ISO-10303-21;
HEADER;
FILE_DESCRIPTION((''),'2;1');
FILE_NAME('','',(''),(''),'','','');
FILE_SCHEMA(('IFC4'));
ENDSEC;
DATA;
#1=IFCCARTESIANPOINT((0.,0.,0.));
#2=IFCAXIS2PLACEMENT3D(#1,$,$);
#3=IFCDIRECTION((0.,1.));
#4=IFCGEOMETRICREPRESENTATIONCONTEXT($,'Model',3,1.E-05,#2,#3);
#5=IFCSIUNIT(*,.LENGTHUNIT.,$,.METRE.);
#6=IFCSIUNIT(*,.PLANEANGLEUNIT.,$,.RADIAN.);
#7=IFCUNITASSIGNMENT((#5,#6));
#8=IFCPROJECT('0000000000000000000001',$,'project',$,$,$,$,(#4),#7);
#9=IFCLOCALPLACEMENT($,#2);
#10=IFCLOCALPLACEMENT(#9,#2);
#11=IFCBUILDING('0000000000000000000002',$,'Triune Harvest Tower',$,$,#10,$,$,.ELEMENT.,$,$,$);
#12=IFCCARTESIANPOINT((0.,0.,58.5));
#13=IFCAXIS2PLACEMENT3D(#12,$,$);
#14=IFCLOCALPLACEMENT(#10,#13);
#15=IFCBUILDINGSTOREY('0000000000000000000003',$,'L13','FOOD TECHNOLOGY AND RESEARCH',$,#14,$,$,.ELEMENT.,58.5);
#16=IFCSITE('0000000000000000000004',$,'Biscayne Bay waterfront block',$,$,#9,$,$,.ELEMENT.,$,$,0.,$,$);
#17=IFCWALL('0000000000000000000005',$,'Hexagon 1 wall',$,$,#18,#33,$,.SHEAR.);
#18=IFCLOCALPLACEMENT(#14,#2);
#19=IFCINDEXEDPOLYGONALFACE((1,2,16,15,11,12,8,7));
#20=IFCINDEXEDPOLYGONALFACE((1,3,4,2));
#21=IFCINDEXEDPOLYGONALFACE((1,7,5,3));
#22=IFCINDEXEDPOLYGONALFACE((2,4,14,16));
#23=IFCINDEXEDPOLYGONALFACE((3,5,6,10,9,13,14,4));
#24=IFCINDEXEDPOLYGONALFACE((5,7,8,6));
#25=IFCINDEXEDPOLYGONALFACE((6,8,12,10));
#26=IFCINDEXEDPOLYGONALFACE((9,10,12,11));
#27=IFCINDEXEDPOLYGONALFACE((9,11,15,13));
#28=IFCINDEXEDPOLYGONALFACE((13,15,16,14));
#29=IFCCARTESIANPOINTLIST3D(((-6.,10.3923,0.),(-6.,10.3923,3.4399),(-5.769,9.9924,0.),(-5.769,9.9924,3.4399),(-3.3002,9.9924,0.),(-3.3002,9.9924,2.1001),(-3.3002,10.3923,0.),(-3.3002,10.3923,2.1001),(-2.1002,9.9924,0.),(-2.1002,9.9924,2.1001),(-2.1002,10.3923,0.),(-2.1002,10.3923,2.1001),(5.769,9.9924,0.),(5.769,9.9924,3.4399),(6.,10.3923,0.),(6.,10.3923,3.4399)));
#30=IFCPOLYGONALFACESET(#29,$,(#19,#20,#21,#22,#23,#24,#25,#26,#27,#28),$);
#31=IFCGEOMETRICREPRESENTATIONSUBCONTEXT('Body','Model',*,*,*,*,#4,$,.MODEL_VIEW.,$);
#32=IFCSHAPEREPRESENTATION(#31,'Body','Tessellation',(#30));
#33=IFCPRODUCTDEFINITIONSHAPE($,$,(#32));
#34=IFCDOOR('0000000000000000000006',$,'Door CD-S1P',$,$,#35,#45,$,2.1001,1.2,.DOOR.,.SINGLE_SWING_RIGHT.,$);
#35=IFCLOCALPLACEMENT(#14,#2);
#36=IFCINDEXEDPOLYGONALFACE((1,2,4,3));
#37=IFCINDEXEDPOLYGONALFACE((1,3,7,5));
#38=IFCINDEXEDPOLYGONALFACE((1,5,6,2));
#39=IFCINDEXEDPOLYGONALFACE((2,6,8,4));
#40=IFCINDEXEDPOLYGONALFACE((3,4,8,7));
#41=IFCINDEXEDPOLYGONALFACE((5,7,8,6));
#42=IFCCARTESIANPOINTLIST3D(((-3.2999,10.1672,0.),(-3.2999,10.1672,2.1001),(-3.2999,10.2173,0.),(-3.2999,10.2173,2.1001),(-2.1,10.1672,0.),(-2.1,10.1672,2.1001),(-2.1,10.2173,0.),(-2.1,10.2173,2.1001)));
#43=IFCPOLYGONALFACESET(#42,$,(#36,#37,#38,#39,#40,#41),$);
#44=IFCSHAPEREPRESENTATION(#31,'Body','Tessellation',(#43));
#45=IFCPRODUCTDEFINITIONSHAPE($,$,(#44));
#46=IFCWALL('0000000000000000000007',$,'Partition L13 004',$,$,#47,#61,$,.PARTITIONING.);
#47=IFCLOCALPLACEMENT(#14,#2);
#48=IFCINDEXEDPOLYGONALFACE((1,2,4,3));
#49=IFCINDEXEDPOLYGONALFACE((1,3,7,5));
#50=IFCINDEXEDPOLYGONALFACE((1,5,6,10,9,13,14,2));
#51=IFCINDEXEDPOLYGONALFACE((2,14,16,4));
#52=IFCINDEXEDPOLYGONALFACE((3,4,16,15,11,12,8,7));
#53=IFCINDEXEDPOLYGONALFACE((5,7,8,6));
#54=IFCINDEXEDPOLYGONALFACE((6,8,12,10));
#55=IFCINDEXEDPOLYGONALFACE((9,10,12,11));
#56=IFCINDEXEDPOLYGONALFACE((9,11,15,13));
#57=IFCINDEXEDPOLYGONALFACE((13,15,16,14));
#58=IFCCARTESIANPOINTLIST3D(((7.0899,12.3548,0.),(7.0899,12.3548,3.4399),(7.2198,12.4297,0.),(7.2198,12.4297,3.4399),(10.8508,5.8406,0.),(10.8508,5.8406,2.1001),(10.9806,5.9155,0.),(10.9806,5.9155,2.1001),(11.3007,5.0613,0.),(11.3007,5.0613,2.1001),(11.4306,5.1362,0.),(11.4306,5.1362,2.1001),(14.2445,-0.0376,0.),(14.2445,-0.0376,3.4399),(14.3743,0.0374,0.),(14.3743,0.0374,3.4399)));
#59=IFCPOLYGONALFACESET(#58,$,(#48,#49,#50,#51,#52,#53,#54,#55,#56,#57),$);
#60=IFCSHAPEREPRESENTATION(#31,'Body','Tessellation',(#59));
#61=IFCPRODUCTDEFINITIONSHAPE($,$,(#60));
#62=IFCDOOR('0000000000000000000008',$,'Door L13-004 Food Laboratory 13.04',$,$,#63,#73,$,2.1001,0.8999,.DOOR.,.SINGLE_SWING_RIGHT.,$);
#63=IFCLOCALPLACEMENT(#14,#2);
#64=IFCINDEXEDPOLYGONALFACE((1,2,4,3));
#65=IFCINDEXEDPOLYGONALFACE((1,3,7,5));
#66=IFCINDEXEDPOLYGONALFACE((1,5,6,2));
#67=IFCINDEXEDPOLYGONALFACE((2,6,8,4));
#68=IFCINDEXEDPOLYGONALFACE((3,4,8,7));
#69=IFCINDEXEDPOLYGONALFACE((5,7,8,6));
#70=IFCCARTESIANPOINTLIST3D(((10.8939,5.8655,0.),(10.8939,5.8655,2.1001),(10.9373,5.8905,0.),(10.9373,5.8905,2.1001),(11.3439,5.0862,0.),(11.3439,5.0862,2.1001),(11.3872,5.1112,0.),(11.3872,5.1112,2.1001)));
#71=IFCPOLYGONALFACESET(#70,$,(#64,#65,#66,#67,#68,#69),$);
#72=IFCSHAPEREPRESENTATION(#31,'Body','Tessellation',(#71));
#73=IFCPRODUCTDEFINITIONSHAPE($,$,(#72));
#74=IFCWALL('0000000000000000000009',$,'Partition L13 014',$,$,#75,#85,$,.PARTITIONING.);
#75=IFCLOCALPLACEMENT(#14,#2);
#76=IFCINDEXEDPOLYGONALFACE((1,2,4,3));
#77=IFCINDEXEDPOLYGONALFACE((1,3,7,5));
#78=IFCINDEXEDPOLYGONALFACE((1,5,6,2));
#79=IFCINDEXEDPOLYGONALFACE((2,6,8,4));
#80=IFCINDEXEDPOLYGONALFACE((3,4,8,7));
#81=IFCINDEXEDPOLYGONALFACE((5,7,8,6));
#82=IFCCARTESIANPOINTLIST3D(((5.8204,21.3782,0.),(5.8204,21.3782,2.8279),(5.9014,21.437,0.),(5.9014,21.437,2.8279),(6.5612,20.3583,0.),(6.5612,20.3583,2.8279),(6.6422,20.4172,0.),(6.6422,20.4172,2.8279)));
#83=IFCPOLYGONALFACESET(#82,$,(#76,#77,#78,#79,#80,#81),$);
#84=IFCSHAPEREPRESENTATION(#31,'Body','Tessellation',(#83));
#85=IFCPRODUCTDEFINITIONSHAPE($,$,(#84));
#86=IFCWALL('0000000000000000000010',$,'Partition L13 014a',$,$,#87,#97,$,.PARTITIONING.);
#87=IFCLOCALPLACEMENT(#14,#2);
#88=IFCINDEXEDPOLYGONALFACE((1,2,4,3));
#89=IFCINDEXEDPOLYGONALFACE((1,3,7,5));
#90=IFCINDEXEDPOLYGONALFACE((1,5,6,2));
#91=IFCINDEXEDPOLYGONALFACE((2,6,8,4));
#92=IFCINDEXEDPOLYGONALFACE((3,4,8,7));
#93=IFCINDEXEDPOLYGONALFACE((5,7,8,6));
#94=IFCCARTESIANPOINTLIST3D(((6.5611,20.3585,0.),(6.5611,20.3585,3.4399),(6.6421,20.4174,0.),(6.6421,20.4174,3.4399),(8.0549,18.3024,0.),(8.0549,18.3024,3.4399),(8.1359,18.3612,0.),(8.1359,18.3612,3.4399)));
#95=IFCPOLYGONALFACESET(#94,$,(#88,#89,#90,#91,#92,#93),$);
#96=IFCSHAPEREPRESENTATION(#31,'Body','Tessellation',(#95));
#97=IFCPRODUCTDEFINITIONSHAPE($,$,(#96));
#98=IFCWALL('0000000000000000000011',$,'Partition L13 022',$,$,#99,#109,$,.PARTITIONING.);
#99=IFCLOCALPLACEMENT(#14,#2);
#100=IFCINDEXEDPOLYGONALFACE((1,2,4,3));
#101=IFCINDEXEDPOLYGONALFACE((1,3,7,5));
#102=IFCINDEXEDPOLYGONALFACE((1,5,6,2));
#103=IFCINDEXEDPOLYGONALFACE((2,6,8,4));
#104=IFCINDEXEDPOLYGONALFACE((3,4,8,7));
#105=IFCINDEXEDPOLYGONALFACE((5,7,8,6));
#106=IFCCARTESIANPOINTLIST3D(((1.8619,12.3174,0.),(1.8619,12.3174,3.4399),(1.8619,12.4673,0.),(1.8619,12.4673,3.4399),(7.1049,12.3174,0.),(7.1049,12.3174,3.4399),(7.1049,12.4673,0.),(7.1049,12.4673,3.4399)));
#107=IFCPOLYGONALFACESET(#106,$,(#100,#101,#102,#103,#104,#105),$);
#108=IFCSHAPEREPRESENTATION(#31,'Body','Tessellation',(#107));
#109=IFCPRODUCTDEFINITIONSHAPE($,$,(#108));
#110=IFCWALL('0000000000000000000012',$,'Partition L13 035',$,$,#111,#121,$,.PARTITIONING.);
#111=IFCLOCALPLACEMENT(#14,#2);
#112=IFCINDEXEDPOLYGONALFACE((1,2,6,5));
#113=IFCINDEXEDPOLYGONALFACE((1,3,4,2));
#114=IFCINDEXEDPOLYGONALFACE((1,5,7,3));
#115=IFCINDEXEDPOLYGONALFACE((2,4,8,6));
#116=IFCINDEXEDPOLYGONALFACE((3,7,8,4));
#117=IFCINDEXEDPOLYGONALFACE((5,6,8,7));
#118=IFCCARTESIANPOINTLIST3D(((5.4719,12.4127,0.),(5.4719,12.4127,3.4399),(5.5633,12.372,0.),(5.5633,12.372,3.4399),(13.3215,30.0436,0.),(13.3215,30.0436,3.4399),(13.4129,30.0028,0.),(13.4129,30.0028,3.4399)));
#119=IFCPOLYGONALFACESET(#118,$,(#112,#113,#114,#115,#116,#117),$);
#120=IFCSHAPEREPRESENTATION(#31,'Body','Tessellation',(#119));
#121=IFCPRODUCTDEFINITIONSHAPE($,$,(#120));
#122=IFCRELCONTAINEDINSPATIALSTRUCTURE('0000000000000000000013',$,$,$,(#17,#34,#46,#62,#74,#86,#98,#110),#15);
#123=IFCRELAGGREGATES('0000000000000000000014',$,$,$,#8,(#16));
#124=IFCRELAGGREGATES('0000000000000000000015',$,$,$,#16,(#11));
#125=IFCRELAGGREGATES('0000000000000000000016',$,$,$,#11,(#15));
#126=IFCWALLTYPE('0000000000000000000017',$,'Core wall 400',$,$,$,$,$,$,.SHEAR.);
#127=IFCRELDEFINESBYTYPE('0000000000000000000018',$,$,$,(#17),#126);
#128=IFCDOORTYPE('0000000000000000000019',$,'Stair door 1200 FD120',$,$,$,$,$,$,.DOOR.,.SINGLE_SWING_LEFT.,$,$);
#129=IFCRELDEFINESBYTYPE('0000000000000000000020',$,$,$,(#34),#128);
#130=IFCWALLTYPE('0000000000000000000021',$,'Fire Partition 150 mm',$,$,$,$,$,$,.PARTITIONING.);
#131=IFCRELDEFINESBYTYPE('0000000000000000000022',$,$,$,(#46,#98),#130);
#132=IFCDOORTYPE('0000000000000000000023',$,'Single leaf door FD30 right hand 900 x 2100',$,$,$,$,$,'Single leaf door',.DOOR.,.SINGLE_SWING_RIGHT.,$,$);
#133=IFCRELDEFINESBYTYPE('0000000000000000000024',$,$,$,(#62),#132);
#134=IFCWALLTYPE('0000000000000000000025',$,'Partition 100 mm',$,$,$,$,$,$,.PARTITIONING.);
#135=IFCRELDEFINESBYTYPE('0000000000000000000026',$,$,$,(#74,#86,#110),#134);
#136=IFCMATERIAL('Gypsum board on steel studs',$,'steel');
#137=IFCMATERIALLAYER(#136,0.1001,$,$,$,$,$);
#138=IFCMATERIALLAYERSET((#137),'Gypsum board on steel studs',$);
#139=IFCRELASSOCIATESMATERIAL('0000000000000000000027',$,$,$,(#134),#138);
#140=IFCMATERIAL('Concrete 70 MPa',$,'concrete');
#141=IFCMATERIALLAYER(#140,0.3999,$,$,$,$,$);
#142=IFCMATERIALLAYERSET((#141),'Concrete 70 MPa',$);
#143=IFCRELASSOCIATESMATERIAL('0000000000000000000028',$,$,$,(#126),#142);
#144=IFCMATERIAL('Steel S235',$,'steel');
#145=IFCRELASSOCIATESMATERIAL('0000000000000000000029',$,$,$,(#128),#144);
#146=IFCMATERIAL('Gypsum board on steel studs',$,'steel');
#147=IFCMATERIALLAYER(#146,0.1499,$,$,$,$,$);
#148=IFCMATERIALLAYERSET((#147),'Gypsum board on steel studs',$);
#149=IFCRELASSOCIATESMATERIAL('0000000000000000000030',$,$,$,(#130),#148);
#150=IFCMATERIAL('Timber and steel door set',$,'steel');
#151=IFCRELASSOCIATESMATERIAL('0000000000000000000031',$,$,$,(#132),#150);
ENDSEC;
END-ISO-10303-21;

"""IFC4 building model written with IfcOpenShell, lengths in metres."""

from ifc_helpers import new_model, si_unit, direction, frame, frame_2d, origin, place, context, subcontext, project, spatial, polyline, rectangle, outline, extrude, source, transform, mapped, material, layer, layer_set, type_object, element, fill, save


model = new_model("IFC4")

# Units and contexts
model_context = context("Model", 3, precision=1e-05, world=origin(), true_north=direction((0.0, 1.0)))
body_context = subcontext(model_context, "Body", "Model", "MODEL_VIEW")
ifc_project = project(units=[si_unit("LENGTHUNIT", "METRE"), si_unit("PLANEANGLEUNIT", "RADIAN")], contexts=[model_context])

# Site, building, storey
site_placement = place(None, origin())
site = spatial("IfcSite", under=ifc_project, at=site_placement, Name="Biscayne Bay waterfront block", CompositionType="ELEMENT", RefElevation=0.0)
building_placement = place(site_placement, origin())
building = spatial("IfcBuilding", under=site, at=building_placement, Name="Triune Harvest Tower", CompositionType="ELEMENT")
storey_placement = place(building_placement, frame((0.0, 0.0, 58.5)))
storey = spatial("IfcBuildingStorey", under=building, at=storey_placement, Name="L13", Description="FOOD TECHNOLOGY AND RESEARCH", CompositionType="ELEMENT", Elevation=58.5)

# Shared definitions
ifc_material_1 = material(Name="Gypsum board on steel studs", Category="steel")
ifc_layer_1 = layer(ifc_material_1, 0.1001)
ifc_layer_set_1 = layer_set([ifc_layer_1], Name="Gypsum board on steel studs")
wall_type_1 = type_object("IfcWallType", Name="Partition 100 mm", PredefinedType="PARTITIONING", material=ifc_layer_set_1)

# Walls, openings, doors
ifc_material_2 = material(Name="Concrete 70 MPa", Category="concrete")
ifc_layer_2 = layer(ifc_material_2, 0.3999)
ifc_layer_set_2 = layer_set([ifc_layer_2], Name="Concrete 70 MPa")
wall_type_2 = type_object("IfcWallType", Name="Core wall 400", PredefinedType="SHEAR", material=ifc_layer_set_2)
shared_shape_1 = source(origin(), body_context, "Body", "SweptSolid", [
    extrude(outline(polyline([(-0.1155, -0.2), (11.8845, -0.2), (11.6536, 0.2), (0.1155, 0.2), (-0.1155, -0.2)])), origin(), (0.0, 0.0, 1.0), 3.4399),
])
wall_1_placement = place(storey_placement, frame((5.8845, 10.1924, 0.0), z_axis=(0.0, 0.0, 1.0), x_axis=(-1.0, 0.0, 0.0)))
wall_1 = element("IfcWall", 1, at=wall_1_placement, inside=storey, type_object=wall_type_2, Name="Hexagon 1 wall", PredefinedType="SHEAR", context=body_context, shape_type="MappedRepresentation", body=[
    mapped(shared_shape_1, transform((0.0, 0.0, 0.0), scale=1.0)),
])
opening_1_placement = place(wall_1_placement, frame((7.9846, 0.0, 0.0)))
opening_1 = element("IfcOpeningElement", 2, at=opening_1_placement, cuts=wall_1, PredefinedType="OPENING", context=body_context, shape_type="SweptSolid", body=[
    extrude(rectangle(XDim=1.2, YDim=2.1001, at=frame_2d((0.6001, 1.05))), frame((0.0, 0.21, 0.0), z_axis=(0.0, -1.0, 0.0), x_axis=(1.0, 0.0, 0.0)), (0.0, 0.0, 1.0), 0.4199),
])
ifc_material_3 = material(Name="Steel S235", Category="steel")
door_type_1 = type_object("IfcDoorType", Name="Stair door 1200 FD120", OperationType="SINGLE_SWING_LEFT", PredefinedType="DOOR", material=ifc_material_3)
door_1_placement = place(opening_1_placement, frame((1.2, 0.0, 0.0), z_axis=(0.0, 0.0, 1.0), x_axis=(-1.0, 0.0, 0.0)))
door_1 = element("IfcDoor", 3, at=door_1_placement, inside=storey, type_object=door_type_1, Name="Door CD-S1P", OperationType="SINGLE_SWING_RIGHT", OverallHeight=2.1001, OverallWidth=1.2, PredefinedType="DOOR", context=body_context, shape_type="SweptSolid", body=[
    extrude(rectangle(XDim=1.2, YDim=2.1001, at=frame_2d((0.6001, 1.05))), frame((0.0, 0.0249, 0.0), z_axis=(0.0, -1.0, 0.0), x_axis=(1.0, 0.0, 0.0)), (0.0, 0.0, 1.0), 0.05),
])
fill(opening_1, door_1)
ifc_material_4 = material(Name="Gypsum board on steel studs", Category="steel")
ifc_layer_3 = layer(ifc_material_4, 0.1499)
ifc_layer_set_3 = layer_set([ifc_layer_3], Name="Gypsum board on steel studs")
wall_type_3 = type_object("IfcWallType", Name="Fire Partition 150 mm", PredefinedType="PARTITIONING", material=ifc_layer_set_3)
shared_shape_2 = source(origin(), body_context, "Body", "SweptSolid", [
    extrude(rectangle(XDim=14.3093, YDim=0.1499, at=frame_2d((7.1548, 0.0))), origin(), (0.0, 0.0, 1.0), 3.4399),
])
wall_2_placement = place(storey_placement, frame((7.1548, 12.3923, 0.0), z_axis=(0.0, 0.0, 1.0), x_axis=(0.499991, -0.866031, 0.0)))
wall_2 = element("IfcWall", 4, at=wall_2_placement, inside=storey, type_object=wall_type_3, Name="Partition L13 004", PredefinedType="PARTITIONING", context=body_context, shape_type="MappedRepresentation", body=[
    mapped(shared_shape_2, transform((0.0, 0.0, 0.0), scale=1.0)),
])
opening_2_placement = place(wall_2_placement, frame((7.522, 0.0, 0.0)))
opening_2 = element("IfcOpeningElement", 5, at=opening_2_placement, cuts=wall_2, PredefinedType="OPENING", context=body_context, shape_type="SweptSolid", body=[
    extrude(rectangle(XDim=0.8999, YDim=2.1001, at=frame_2d((0.45, 1.05))), frame((0.0, 0.085, 0.0), z_axis=(0.0, -1.0, 0.0), x_axis=(1.0, 0.0, 0.0)), (0.0, 0.0, 1.0), 0.1699),
])
ifc_material_5 = material(Name="Timber and steel door set", Category="steel")
door_type_2 = type_object("IfcDoorType", Name="Single leaf door FD30 right hand 900 x 2100", ElementType="Single leaf door", OperationType="SINGLE_SWING_RIGHT", PredefinedType="DOOR", material=ifc_material_5)
door_2_placement = place(opening_2_placement, origin())
door_2 = element("IfcDoor", 6, at=door_2_placement, inside=storey, type_object=door_type_2, Name="Door L13-004 Food Laboratory 13.04", OperationType="SINGLE_SWING_RIGHT", OverallHeight=2.1001, OverallWidth=0.8999, PredefinedType="DOOR", context=body_context, shape_type="SweptSolid", body=[
    extrude(rectangle(XDim=0.8999, YDim=2.1001, at=frame_2d((0.45, 1.05))), frame((0.0, 0.0249, 0.0), z_axis=(0.0, -1.0, 0.0), x_axis=(1.0, 0.0, 0.0)), (0.0, 0.0, 1.0), 0.05),
])
fill(opening_2, door_2)

# Walls
shared_shape_3 = source(origin(), body_context, "Body", "SweptSolid", [
    extrude(rectangle(XDim=1.2605, YDim=0.1001, at=frame_2d((0.6304, 0.0))), origin(), (0.0, 0.0, 1.0), 2.8279),
])
wall_3_placement = place(storey_placement, frame((5.8608, 21.4077, 0.0), z_axis=(0.0, 0.0, 1.0), x_axis=(0.587688, -0.809088, 0.0)))
element("IfcWall", 7, at=wall_3_placement, inside=storey, type_object=wall_type_1, Name="Partition L13 014", PredefinedType="PARTITIONING", context=body_context, shape_type="MappedRepresentation", body=[
    mapped(shared_shape_3, transform((0.0, 0.0, 0.0), scale=1.0)),
])
shared_shape_4 = source(origin(), body_context, "Body", "SweptSolid", [
    extrude(rectangle(XDim=2.5415, YDim=0.1001, at=frame_2d((1.2708, 0.0))), origin(), (0.0, 0.0, 1.0), 3.4399),
])
wall_4_placement = place(storey_placement, frame((6.6016, 20.3879, 0.0), z_axis=(0.0, 0.0, 1.0), x_axis=(0.587789, -0.809014, 0.0)))
element("IfcWall", 8, at=wall_4_placement, inside=storey, type_object=wall_type_1, Name="Partition L13 014a", PredefinedType="PARTITIONING", context=body_context, shape_type="MappedRepresentation", body=[
    mapped(shared_shape_4, transform((0.0, 0.0, 0.0), scale=1.0)),
])
shared_shape_5 = source(origin(), body_context, "Body", "SweptSolid", [
    extrude(rectangle(XDim=5.2429, YDim=0.1499, at=frame_2d((2.6216, 0.0))), origin(), (0.0, 0.0, 1.0), 3.4399),
])
wall_5_placement = place(storey_placement, frame((1.8618, 12.3923, 0.0), z_axis=(0.0, 0.0, 1.0), x_axis=(1.0, 0.0, 0.0)))
element("IfcWall", 9, at=wall_5_placement, inside=storey, type_object=wall_type_3, Name="Partition L13 022", PredefinedType="PARTITIONING", context=body_context, shape_type="MappedRepresentation", body=[
    mapped(shared_shape_5, transform((0.0, 0.0, 0.0), scale=1.0)),
])
shared_shape_6 = source(origin(), body_context, "Body", "SweptSolid", [
    extrude(rectangle(XDim=19.2993, YDim=0.1001, at=frame_2d((9.6497, 0.0))), origin(), (0.0, 0.0, 1.0), 3.4399),
])
wall_6_placement = place(storey_placement, frame((5.5176, 12.3923, 0.0), z_axis=(0.0, 0.0, 1.0), x_axis=(0.40673, 0.913548, 0.0)))
element("IfcWall", 10, at=wall_6_placement, inside=storey, type_object=wall_type_1, Name="Partition L13 035", PredefinedType="PARTITIONING", context=body_context, shape_type="MappedRepresentation", body=[
    mapped(shared_shape_6, transform((0.0, 0.0, 0.0), scale=1.0)),
])

save(model, "model.ifc")
